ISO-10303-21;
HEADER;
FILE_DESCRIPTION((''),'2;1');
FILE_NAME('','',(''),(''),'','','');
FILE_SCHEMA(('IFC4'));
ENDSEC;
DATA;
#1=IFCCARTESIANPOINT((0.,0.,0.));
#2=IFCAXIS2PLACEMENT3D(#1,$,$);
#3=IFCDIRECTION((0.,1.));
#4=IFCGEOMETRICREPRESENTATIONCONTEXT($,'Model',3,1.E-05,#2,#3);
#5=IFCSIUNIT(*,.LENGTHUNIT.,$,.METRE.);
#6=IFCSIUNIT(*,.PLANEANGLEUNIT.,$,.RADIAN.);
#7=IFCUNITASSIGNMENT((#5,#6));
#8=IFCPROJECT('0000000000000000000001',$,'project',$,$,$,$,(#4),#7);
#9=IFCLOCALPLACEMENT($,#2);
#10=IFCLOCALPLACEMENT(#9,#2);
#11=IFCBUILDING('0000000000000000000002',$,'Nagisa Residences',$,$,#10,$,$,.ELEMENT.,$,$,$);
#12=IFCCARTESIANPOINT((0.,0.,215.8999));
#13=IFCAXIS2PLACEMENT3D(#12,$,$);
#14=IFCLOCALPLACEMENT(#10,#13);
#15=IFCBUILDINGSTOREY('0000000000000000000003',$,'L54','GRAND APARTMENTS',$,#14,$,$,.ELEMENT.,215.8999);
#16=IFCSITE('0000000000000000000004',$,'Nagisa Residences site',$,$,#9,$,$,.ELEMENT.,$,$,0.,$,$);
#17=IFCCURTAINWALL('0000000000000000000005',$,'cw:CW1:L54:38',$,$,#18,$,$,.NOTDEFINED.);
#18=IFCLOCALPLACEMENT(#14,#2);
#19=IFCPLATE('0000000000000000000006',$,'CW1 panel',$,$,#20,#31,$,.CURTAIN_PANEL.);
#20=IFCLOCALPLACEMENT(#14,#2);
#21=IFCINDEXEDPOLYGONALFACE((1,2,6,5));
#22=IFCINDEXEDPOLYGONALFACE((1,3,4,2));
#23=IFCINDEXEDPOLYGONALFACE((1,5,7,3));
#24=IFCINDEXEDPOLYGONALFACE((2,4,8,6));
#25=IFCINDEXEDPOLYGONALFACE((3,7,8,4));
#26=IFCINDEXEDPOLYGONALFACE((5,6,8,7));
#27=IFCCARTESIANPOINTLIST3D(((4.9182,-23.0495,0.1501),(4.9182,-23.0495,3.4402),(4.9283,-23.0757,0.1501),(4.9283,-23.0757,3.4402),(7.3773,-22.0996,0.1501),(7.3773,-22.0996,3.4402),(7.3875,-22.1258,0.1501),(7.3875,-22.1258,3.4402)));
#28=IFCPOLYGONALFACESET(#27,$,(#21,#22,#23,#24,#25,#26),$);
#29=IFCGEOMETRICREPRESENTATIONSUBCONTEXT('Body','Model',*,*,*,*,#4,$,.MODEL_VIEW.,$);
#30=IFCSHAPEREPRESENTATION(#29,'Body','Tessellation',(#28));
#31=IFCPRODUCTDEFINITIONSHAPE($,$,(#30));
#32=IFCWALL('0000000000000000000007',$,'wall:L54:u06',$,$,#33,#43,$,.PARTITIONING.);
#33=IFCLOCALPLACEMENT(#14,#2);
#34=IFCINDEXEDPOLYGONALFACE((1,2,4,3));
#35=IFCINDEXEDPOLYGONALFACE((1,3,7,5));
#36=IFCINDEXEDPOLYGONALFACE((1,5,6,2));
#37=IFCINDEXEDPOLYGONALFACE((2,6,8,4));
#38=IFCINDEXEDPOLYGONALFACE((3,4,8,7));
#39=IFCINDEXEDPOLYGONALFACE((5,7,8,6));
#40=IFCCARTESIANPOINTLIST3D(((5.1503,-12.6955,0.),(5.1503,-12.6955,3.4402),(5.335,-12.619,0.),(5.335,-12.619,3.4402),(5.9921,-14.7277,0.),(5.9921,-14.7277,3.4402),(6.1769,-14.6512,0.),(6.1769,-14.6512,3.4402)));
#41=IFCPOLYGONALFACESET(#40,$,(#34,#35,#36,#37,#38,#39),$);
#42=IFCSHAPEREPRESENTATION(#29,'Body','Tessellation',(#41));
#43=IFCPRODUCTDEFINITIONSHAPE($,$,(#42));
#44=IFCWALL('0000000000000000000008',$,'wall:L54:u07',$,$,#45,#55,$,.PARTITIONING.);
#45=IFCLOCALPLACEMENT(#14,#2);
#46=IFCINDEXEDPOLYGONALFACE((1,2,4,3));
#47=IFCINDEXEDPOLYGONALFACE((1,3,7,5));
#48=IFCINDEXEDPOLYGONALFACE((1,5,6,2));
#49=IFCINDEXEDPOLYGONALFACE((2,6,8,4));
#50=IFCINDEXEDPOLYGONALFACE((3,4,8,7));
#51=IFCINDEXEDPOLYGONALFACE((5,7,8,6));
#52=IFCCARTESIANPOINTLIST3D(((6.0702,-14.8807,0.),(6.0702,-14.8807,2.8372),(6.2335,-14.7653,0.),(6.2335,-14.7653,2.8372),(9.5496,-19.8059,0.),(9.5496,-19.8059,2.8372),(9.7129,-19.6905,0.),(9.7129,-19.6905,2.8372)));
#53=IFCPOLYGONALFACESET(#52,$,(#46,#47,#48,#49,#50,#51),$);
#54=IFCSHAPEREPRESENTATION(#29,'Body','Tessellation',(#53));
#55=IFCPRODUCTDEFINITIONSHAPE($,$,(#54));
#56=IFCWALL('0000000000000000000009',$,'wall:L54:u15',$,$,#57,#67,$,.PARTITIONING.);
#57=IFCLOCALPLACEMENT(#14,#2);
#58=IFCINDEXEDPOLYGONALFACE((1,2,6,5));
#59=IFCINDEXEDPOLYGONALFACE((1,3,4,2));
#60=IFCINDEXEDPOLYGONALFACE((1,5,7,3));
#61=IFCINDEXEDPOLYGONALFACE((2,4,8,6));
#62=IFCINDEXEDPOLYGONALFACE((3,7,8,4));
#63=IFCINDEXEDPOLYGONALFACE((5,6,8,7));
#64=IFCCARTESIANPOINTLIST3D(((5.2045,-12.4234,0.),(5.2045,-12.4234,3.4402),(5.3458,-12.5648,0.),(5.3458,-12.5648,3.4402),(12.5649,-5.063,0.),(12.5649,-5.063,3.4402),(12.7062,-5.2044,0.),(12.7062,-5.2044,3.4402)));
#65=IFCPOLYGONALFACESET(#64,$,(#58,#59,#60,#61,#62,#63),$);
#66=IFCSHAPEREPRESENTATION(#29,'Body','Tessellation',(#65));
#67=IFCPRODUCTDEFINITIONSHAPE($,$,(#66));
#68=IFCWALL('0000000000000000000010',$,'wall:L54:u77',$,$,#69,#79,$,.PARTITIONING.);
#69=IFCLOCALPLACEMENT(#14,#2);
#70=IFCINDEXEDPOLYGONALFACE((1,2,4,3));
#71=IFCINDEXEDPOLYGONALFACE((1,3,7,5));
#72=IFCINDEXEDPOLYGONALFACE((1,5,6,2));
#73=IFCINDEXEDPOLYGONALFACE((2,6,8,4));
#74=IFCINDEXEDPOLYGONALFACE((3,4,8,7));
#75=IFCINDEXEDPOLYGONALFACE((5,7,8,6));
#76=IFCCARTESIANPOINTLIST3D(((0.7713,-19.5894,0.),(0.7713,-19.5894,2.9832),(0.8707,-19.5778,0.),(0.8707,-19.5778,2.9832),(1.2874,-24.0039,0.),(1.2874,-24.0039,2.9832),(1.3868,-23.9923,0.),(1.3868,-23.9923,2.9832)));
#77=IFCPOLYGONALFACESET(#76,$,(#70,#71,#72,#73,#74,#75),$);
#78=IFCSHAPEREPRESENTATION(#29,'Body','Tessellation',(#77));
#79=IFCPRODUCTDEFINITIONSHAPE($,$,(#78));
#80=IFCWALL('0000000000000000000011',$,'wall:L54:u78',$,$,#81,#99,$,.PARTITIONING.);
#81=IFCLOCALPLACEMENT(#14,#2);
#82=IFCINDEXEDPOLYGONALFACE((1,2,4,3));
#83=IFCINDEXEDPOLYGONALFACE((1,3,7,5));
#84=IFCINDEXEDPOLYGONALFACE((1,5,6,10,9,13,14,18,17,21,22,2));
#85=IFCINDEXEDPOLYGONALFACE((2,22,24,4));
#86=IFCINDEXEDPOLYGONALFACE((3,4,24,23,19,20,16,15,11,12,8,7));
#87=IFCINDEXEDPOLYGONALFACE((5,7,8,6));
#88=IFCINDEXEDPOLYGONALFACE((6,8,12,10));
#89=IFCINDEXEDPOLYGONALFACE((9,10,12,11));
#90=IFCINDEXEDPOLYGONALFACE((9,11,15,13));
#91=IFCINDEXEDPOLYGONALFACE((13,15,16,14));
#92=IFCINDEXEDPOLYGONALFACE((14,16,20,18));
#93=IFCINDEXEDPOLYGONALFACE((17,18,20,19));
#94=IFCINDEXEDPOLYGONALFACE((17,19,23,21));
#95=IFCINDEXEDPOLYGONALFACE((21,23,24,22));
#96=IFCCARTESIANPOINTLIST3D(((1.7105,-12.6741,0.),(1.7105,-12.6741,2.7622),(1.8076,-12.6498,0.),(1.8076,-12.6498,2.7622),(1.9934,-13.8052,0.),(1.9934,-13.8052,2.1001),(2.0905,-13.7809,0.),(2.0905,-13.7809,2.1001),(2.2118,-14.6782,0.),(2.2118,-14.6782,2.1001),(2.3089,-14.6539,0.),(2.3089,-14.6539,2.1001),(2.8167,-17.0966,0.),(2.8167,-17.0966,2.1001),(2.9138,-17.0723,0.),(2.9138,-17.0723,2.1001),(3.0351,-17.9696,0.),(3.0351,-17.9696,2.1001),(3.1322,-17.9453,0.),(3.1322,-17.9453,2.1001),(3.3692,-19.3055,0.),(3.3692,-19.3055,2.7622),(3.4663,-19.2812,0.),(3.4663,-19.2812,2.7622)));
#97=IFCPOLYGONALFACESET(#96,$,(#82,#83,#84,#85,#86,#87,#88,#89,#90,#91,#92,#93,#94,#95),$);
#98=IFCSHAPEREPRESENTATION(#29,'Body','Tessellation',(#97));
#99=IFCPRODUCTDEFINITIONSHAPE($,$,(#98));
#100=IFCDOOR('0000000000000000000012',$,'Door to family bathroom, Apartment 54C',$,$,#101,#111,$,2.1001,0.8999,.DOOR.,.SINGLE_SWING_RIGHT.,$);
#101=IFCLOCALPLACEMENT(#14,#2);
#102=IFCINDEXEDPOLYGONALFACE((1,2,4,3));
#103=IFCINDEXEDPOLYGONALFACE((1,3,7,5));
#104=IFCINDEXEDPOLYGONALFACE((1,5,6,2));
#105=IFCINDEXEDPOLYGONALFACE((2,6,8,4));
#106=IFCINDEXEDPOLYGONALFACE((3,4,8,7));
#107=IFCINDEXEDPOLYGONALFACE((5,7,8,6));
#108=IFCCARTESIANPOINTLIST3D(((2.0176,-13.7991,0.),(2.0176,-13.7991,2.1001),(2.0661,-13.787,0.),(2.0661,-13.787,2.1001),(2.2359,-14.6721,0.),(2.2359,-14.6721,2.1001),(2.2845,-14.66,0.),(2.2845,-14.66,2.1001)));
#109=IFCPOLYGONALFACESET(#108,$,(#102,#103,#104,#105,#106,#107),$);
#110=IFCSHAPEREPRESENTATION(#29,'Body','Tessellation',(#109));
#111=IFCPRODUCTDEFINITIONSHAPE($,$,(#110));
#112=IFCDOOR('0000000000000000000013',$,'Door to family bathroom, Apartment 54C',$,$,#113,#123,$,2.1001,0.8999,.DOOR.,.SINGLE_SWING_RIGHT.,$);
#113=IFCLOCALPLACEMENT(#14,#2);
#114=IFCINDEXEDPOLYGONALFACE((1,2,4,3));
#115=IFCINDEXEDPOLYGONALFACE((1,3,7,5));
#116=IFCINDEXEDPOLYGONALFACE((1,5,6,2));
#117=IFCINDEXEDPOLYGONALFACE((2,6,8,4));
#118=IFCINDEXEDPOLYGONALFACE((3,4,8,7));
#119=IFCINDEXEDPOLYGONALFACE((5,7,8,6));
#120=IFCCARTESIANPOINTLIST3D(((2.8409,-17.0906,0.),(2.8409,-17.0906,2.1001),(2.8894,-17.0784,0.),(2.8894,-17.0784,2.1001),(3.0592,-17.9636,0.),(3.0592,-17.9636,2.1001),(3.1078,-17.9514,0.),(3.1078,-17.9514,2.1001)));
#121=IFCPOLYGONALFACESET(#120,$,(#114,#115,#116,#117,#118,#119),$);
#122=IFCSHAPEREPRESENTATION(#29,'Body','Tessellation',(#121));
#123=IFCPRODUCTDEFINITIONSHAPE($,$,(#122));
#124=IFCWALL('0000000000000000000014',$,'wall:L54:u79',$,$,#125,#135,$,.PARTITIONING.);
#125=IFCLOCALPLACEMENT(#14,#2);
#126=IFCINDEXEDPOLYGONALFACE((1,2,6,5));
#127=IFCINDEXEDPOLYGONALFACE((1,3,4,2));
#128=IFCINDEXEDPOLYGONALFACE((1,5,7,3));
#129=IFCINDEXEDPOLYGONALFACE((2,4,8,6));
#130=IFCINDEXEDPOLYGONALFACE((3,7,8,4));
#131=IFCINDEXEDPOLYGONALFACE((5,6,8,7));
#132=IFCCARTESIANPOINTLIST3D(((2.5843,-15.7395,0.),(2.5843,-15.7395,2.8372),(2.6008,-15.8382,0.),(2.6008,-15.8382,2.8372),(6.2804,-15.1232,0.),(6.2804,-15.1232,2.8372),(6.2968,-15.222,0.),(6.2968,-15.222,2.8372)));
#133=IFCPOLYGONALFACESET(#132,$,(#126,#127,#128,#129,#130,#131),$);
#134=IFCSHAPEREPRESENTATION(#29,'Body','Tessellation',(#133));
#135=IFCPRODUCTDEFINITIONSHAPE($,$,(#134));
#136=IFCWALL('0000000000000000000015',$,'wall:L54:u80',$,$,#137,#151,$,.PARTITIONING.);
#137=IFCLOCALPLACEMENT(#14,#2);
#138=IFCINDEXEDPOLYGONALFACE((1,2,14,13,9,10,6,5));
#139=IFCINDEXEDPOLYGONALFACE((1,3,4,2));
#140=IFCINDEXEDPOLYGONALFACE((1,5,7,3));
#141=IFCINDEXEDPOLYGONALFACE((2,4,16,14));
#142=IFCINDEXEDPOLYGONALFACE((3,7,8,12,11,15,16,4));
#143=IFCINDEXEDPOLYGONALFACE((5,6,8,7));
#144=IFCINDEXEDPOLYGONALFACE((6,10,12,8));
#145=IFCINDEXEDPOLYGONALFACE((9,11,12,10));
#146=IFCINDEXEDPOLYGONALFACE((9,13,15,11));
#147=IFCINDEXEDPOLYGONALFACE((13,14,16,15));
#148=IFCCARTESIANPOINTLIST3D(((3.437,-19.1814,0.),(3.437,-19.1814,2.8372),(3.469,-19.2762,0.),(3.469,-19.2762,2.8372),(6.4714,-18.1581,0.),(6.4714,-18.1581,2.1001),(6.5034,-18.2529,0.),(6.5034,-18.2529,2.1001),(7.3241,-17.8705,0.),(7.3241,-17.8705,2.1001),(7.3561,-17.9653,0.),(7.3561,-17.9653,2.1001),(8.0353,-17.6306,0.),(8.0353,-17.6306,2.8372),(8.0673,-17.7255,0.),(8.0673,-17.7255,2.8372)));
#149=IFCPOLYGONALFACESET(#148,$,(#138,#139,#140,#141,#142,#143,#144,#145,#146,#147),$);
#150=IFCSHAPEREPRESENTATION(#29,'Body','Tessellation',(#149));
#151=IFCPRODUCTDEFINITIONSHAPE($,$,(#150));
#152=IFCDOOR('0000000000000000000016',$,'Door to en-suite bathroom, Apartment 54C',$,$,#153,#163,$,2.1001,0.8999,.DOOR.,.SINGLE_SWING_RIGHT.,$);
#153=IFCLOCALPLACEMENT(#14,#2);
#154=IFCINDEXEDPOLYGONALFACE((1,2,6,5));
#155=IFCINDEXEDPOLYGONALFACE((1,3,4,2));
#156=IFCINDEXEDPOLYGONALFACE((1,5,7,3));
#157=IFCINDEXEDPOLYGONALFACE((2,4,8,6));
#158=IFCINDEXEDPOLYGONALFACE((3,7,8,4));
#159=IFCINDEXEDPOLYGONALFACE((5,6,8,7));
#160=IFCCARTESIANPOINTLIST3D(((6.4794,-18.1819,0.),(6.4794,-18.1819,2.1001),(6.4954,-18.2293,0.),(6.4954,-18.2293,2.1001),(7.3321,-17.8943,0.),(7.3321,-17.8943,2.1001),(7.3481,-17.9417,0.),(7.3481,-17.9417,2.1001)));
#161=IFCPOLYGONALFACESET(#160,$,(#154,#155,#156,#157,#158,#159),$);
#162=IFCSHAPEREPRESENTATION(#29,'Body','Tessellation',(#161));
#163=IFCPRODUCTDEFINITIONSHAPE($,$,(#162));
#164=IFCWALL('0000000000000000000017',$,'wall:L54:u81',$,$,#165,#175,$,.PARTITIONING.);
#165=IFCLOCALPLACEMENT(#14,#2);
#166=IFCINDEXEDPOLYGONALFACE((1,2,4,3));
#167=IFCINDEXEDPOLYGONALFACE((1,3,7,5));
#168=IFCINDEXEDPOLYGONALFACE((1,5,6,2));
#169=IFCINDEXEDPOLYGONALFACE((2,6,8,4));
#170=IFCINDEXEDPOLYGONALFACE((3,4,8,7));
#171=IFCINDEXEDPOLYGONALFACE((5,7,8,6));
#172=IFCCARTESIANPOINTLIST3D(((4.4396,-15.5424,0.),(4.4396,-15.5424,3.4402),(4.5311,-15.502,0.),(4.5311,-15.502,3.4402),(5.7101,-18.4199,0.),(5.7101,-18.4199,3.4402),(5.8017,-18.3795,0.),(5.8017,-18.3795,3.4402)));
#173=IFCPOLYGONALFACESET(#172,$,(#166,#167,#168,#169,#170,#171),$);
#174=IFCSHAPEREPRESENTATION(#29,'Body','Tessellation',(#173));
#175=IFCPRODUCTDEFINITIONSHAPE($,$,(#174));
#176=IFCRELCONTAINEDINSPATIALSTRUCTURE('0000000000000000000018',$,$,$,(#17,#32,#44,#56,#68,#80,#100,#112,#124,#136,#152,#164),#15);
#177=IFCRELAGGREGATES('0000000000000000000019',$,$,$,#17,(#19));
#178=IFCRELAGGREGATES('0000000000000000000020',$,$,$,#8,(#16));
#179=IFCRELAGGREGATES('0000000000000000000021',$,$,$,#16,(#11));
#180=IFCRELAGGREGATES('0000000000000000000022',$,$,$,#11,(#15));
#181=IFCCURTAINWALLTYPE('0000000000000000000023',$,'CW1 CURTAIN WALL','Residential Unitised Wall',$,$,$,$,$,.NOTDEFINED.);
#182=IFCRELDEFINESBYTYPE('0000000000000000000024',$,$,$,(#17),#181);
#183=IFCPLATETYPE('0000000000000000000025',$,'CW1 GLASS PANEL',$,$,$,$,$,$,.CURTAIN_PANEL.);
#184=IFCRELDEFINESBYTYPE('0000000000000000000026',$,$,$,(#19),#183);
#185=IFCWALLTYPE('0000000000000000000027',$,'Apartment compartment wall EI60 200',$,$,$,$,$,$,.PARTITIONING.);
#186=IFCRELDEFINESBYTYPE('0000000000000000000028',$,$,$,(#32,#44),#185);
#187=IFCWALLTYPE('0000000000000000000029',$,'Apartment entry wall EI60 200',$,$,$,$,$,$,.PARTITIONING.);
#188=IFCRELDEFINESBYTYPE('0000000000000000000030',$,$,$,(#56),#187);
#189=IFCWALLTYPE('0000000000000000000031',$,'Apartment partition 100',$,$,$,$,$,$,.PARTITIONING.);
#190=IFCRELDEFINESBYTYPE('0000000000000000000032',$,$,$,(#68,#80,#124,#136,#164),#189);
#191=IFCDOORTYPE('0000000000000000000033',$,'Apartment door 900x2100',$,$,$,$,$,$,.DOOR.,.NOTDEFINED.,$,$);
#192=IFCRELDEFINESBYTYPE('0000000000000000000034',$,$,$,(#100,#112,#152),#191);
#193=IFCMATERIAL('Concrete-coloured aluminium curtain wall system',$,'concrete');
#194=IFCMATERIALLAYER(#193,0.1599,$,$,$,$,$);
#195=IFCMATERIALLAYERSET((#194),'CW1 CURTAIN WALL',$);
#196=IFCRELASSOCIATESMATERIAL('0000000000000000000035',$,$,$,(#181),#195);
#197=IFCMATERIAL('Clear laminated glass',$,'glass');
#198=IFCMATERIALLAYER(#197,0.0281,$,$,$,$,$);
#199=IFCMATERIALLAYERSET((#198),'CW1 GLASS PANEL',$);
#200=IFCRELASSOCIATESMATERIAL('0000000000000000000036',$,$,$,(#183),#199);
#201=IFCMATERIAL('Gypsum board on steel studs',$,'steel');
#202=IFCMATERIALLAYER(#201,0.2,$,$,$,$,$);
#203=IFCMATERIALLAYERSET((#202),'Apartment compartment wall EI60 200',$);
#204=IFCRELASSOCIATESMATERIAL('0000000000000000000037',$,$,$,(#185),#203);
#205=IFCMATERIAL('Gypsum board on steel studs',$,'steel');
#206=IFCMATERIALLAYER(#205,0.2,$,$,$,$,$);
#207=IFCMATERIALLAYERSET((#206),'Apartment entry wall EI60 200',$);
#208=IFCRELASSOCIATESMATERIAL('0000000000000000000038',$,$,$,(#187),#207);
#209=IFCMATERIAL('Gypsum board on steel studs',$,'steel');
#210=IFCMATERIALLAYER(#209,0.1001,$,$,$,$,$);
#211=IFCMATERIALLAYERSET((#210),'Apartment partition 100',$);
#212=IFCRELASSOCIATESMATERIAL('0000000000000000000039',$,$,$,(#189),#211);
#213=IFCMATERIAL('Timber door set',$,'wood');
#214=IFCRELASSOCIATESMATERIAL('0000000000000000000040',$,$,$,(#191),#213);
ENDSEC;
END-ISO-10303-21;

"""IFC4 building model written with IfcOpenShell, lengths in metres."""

from ifc_helpers import new_model, si_unit, direction, frame, frame_2d, origin, origin_2d, place, context, subcontext, project, spatial, rectangle, extrude, material, layer, layer_set, type_object, element, fill, aggregate, save


model = new_model("IFC4")

# Units and contexts
model_context = context("Model", 3, precision=1e-05, world=origin(), true_north=direction((0.0, 1.0)))
body_context = subcontext(model_context, "Body", "Model", "MODEL_VIEW")
ifc_project = project(units=[si_unit("LENGTHUNIT", "METRE"), si_unit("PLANEANGLEUNIT", "RADIAN")], contexts=[model_context])

# Site, building, storey
site_placement = place(None, origin())
site = spatial("IfcSite", under=ifc_project, at=site_placement, Name="Nagisa Residences site", CompositionType="ELEMENT", RefElevation=0.0)
building_placement = place(site_placement, origin())
building = spatial("IfcBuilding", under=site, at=building_placement, Name="Nagisa Residences", CompositionType="ELEMENT")
storey_placement = place(building_placement, frame((0.0, 0.0, 215.8999)))
storey = spatial("IfcBuildingStorey", under=building, at=storey_placement, Name="L54", Description="GRAND APARTMENTS", CompositionType="ELEMENT", Elevation=215.8999)

# Curtain wall
ifc_material_1 = material(Name="Concrete-coloured aluminium curtain wall system", Category="concrete")
ifc_layer_1 = layer(ifc_material_1, 0.1599)
ifc_layer_set_1 = layer_set([ifc_layer_1], Name="CW1 CURTAIN WALL")
curtain_wall_type = type_object("IfcCurtainWallType", Name="CW1 CURTAIN WALL", Description="Residential Unitised Wall", PredefinedType="NOTDEFINED", material=ifc_layer_set_1)
curtain_wall_1_placement = place(storey_placement, origin())
curtain_wall_1 = element("IfcCurtainWall", 1, at=curtain_wall_1_placement, inside=storey, type_object=curtain_wall_type, Name="cw:CW1:L54:38", PredefinedType="NOTDEFINED")

# Plate
ifc_material_2 = material(Name="Clear laminated glass", Category="glass")
ifc_layer_2 = layer(ifc_material_2, 0.0281)
ifc_layer_set_2 = layer_set([ifc_layer_2], Name="CW1 GLASS PANEL")
plate_type = type_object("IfcPlateType", Name="CW1 GLASS PANEL", PredefinedType="CURTAIN_PANEL", material=ifc_layer_set_2)
plate_1_placement = place(storey_placement, frame((6.1528, -22.5876, 0.1501), z_axis=(0.0, 0.0, 1.0), x_axis=(0.932826, 0.360328, 0.0)))
plate_1 = element("IfcPlate", 2, at=plate_1_placement, type_object=plate_type, Name="CW1 panel", PredefinedType="CURTAIN_PANEL", context=body_context, shape_type="SweptSolid", body=[
    extrude(rectangle(XDim=2.6362, YDim=0.0281, at=origin_2d()), origin(), (0.0, 0.0, 1.0), 3.29),
])
aggregate(curtain_wall_1, [plate_1])

# Walls
ifc_material_3 = material(Name="Gypsum board on steel studs", Category="steel")
ifc_layer_3 = layer(ifc_material_3, 0.2)
ifc_layer_set_3 = layer_set([ifc_layer_3], Name="Apartment compartment wall EI60 200")
wall_type_1 = type_object("IfcWallType", Name="Apartment compartment wall EI60 200", PredefinedType="PARTITIONING", material=ifc_layer_set_3)
wall_1_placement = place(storey_placement, frame((5.2427, -12.6572, 0.0), z_axis=(0.0, 0.0, 1.0), x_axis=(0.382692, -0.923876, 0.0)))
element("IfcWall", 3, at=wall_1_placement, inside=storey, type_object=wall_type_1, Name="wall:L54:u06", PredefinedType="PARTITIONING", context=body_context, shape_type="SweptSolid", body=[
    extrude(rectangle(XDim=2.1997, YDim=0.2, at=frame_2d((1.0999, 0.0))), origin(), (0.0, 0.0, 1.0), 3.4402),
])
wall_2_placement = place(storey_placement, frame((6.1519, -14.823, 0.0), z_axis=(0.0, 0.0, 1.0), x_axis=(0.576995, -0.816748, 0.0)))
element("IfcWall", 4, at=wall_2_placement, inside=storey, type_object=wall_type_1, Name="wall:L54:u07", PredefinedType="PARTITIONING", context=body_context, shape_type="SweptSolid", body=[
    extrude(rectangle(XDim=6.0303, YDim=0.2, at=frame_2d((3.0151, 0.0))), origin(), (0.0, 0.0, 1.0), 2.8372),
])
ifc_material_4 = material(Name="Gypsum board on steel studs", Category="steel")
ifc_layer_4 = layer(ifc_material_4, 0.2)
ifc_layer_set_4 = layer_set([ifc_layer_4], Name="Apartment entry wall EI60 200")
wall_type_2 = type_object("IfcWallType", Name="Apartment entry wall EI60 200", PredefinedType="PARTITIONING", material=ifc_layer_set_4)
wall_3_placement = place(storey_placement, frame((5.2751, -12.4941, 0.0), z_axis=(0.0, 0.0, 1.0), x_axis=(0.707107, 0.707107, 0.0)))
element("IfcWall", 5, at=wall_3_placement, inside=storey, type_object=wall_type_2, Name="wall:L54:u15", PredefinedType="PARTITIONING", context=body_context, shape_type="SweptSolid", body=[
    extrude(rectangle(XDim=10.4092, YDim=0.2, at=frame_2d((5.2046, 0.0))), origin(), (0.0, 0.0, 1.0), 3.4402),
])
ifc_material_5 = material(Name="Gypsum board on steel studs", Category="steel")
ifc_layer_5 = layer(ifc_material_5, 0.1001)
ifc_layer_set_5 = layer_set([ifc_layer_5], Name="Apartment partition 100")
wall_type_3 = type_object("IfcWallType", Name="Apartment partition 100", PredefinedType="PARTITIONING", material=ifc_layer_set_5)
wall_4_placement = place(storey_placement, frame((0.821, -19.5837, 0.0), z_axis=(0.0, 0.0, 1.0), x_axis=(0.116121, -0.993235, 0.0)))
element("IfcWall", 6, at=wall_4_placement, inside=storey, type_object=wall_type_3, Name="wall:L54:u77", PredefinedType="PARTITIONING", context=body_context, shape_type="SweptSolid", body=[
    extrude(rectangle(XDim=4.4446, YDim=0.1001, at=frame_2d((2.2222, 0.0))), origin(), (0.0, 0.0, 1.0), 2.9832),
])

# Wall, openings, doors
wall_5_placement = place(storey_placement, frame((1.759, -12.6619, 0.0), z_axis=(0.0, 0.0, 1.0), x_axis=(0.242653, -0.970113, 0.0)))
wall_5 = element("IfcWall", 7, at=wall_5_placement, inside=storey, type_object=wall_type_3, Name="wall:L54:u78", PredefinedType="PARTITIONING", context=body_context, shape_type="SweptSolid", body=[
    extrude(rectangle(XDim=6.8357, YDim=0.1001, at=frame_2d((3.418, 0.0))), origin(), (0.0, 0.0, 1.0), 2.7622),
])
opening_1_placement = place(wall_5_placement, frame((1.166, 0.0, 0.0)))
opening_1 = element("IfcOpeningElement", 8, at=opening_1_placement, cuts=wall_5, PredefinedType="OPENING", context=body_context, shape_type="SweptSolid", body=[
    extrude(rectangle(XDim=0.8999, YDim=2.1001, at=frame_2d((0.45, 1.05))), frame((0.0, 0.0601, 0.0), z_axis=(0.0, -1.0, 0.0), x_axis=(1.0, 0.0, 0.0)), (0.0, 0.0, 1.0), 0.1201),
])
opening_2_placement = place(wall_5_placement, frame((4.5588, 0.0, 0.0)))
opening_2 = element("IfcOpeningElement", 9, at=opening_2_placement, cuts=wall_5, PredefinedType="OPENING", context=body_context, shape_type="SweptSolid", body=[
    extrude(rectangle(XDim=0.8999, YDim=2.1001, at=frame_2d((0.45, 1.05))), frame((0.0, 0.0601, 0.0), z_axis=(0.0, -1.0, 0.0), x_axis=(1.0, 0.0, 0.0)), (0.0, 0.0, 1.0), 0.1201),
])
ifc_material_6 = material(Name="Timber door set", Category="wood")
door_type_1 = type_object("IfcDoorType", Name="Apartment door 900x2100", OperationType="NOTDEFINED", PredefinedType="DOOR", material=ifc_material_6)
door_1_placement = place(opening_1_placement, origin())
door_1 = element("IfcDoor", 10, at=door_1_placement, inside=storey, type_object=door_type_1, Name="Door to family bathroom, Apartment 54C", OperationType="SINGLE_SWING_RIGHT", OverallHeight=2.1001, OverallWidth=0.8999, PredefinedType="DOOR", context=body_context, shape_type="SweptSolid", body=[
    extrude(rectangle(XDim=0.8999, YDim=2.1001, at=frame_2d((0.45, 1.05))), frame((0.0, 0.0249, 0.0), z_axis=(0.0, -1.0, 0.0), x_axis=(1.0, 0.0, 0.0)), (0.0, 0.0, 1.0), 0.05),
])
fill(opening_1, door_1)
door_2_placement = place(opening_2_placement, origin())
door_2 = element("IfcDoor", 11, at=door_2_placement, inside=storey, type_object=door_type_1, Name="Door to family bathroom, Apartment 54C", OperationType="SINGLE_SWING_RIGHT", OverallHeight=2.1001, OverallWidth=0.8999, PredefinedType="DOOR", context=body_context, shape_type="SweptSolid", body=[
    extrude(rectangle(XDim=0.8999, YDim=2.1001, at=frame_2d((0.45, 1.05))), frame((0.0, 0.0249, 0.0), z_axis=(0.0, -1.0, 0.0), x_axis=(1.0, 0.0, 0.0)), (0.0, 0.0, 1.0), 0.05),
])
fill(opening_2, door_2)

# Wall
wall_6_placement = place(storey_placement, frame((2.5925, -15.7888, 0.0), z_axis=(0.0, 0.0, 1.0), x_axis=(0.986385, 0.164452, 0.0)))
element("IfcWall", 12, at=wall_6_placement, inside=storey, type_object=wall_type_3, Name="wall:L54:u79", PredefinedType="PARTITIONING", context=body_context, shape_type="SweptSolid", body=[
    extrude(rectangle(XDim=3.7471, YDim=0.1001, at=frame_2d((1.8735, 0.0))), origin(), (0.0, 0.0, 1.0), 2.8372),
])

# Wall, opening, door
wall_7_placement = place(storey_placement, frame((3.4531, -19.2288, 0.0), z_axis=(0.0, 0.0, 1.0), x_axis=(0.947566, 0.319561, 0.0)))
wall_7 = element("IfcWall", 13, at=wall_7_placement, inside=storey, type_object=wall_type_3, Name="wall:L54:u80", PredefinedType="PARTITIONING", context=body_context, shape_type="SweptSolid", body=[
    extrude(rectangle(XDim=4.8528, YDim=0.1001, at=frame_2d((2.4263, 0.0))), origin(), (0.0, 0.0, 1.0), 2.8372),
])
opening_3_placement = place(wall_7_placement, frame((3.2021, 0.0, 0.0)))
opening_3 = element("IfcOpeningElement", 14, at=opening_3_placement, cuts=wall_7, PredefinedType="OPENING", context=body_context, shape_type="SweptSolid", body=[
    extrude(rectangle(XDim=0.8999, YDim=2.1001, at=frame_2d((0.45, 1.05))), frame((0.0, 0.0601, 0.0), z_axis=(0.0, -1.0, 0.0), x_axis=(1.0, 0.0, 0.0)), (0.0, 0.0, 1.0), 0.1201),
])
door_3_placement = place(opening_3_placement, origin())
door_3 = element("IfcDoor", 15, at=door_3_placement, inside=storey, type_object=door_type_1, Name="Door to en-suite bathroom, Apartment 54C", OperationType="SINGLE_SWING_RIGHT", OverallHeight=2.1001, OverallWidth=0.8999, PredefinedType="DOOR", context=body_context, shape_type="SweptSolid", body=[
    extrude(rectangle(XDim=0.8999, YDim=2.1001, at=frame_2d((0.45, 1.05))), frame((0.0, 0.0249, 0.0), z_axis=(0.0, -1.0, 0.0), x_axis=(1.0, 0.0, 0.0)), (0.0, 0.0, 1.0), 0.05),
])
fill(opening_3, door_3)

# Wall
wall_8_placement = place(storey_placement, frame((4.4854, -15.5222, 0.0), z_axis=(0.0, 0.0, 1.0), x_axis=(0.403919, -0.914795, 0.0)))
element("IfcWall", 16, at=wall_8_placement, inside=storey, type_object=wall_type_3, Name="wall:L54:u81", PredefinedType="PARTITIONING", context=body_context, shape_type="SweptSolid", body=[
    extrude(rectangle(XDim=3.1455, YDim=0.1001, at=frame_2d((1.5728, 0.0))), origin(), (0.0, 0.0, 1.0), 3.4402),
])

save(model, "model.ifc")
